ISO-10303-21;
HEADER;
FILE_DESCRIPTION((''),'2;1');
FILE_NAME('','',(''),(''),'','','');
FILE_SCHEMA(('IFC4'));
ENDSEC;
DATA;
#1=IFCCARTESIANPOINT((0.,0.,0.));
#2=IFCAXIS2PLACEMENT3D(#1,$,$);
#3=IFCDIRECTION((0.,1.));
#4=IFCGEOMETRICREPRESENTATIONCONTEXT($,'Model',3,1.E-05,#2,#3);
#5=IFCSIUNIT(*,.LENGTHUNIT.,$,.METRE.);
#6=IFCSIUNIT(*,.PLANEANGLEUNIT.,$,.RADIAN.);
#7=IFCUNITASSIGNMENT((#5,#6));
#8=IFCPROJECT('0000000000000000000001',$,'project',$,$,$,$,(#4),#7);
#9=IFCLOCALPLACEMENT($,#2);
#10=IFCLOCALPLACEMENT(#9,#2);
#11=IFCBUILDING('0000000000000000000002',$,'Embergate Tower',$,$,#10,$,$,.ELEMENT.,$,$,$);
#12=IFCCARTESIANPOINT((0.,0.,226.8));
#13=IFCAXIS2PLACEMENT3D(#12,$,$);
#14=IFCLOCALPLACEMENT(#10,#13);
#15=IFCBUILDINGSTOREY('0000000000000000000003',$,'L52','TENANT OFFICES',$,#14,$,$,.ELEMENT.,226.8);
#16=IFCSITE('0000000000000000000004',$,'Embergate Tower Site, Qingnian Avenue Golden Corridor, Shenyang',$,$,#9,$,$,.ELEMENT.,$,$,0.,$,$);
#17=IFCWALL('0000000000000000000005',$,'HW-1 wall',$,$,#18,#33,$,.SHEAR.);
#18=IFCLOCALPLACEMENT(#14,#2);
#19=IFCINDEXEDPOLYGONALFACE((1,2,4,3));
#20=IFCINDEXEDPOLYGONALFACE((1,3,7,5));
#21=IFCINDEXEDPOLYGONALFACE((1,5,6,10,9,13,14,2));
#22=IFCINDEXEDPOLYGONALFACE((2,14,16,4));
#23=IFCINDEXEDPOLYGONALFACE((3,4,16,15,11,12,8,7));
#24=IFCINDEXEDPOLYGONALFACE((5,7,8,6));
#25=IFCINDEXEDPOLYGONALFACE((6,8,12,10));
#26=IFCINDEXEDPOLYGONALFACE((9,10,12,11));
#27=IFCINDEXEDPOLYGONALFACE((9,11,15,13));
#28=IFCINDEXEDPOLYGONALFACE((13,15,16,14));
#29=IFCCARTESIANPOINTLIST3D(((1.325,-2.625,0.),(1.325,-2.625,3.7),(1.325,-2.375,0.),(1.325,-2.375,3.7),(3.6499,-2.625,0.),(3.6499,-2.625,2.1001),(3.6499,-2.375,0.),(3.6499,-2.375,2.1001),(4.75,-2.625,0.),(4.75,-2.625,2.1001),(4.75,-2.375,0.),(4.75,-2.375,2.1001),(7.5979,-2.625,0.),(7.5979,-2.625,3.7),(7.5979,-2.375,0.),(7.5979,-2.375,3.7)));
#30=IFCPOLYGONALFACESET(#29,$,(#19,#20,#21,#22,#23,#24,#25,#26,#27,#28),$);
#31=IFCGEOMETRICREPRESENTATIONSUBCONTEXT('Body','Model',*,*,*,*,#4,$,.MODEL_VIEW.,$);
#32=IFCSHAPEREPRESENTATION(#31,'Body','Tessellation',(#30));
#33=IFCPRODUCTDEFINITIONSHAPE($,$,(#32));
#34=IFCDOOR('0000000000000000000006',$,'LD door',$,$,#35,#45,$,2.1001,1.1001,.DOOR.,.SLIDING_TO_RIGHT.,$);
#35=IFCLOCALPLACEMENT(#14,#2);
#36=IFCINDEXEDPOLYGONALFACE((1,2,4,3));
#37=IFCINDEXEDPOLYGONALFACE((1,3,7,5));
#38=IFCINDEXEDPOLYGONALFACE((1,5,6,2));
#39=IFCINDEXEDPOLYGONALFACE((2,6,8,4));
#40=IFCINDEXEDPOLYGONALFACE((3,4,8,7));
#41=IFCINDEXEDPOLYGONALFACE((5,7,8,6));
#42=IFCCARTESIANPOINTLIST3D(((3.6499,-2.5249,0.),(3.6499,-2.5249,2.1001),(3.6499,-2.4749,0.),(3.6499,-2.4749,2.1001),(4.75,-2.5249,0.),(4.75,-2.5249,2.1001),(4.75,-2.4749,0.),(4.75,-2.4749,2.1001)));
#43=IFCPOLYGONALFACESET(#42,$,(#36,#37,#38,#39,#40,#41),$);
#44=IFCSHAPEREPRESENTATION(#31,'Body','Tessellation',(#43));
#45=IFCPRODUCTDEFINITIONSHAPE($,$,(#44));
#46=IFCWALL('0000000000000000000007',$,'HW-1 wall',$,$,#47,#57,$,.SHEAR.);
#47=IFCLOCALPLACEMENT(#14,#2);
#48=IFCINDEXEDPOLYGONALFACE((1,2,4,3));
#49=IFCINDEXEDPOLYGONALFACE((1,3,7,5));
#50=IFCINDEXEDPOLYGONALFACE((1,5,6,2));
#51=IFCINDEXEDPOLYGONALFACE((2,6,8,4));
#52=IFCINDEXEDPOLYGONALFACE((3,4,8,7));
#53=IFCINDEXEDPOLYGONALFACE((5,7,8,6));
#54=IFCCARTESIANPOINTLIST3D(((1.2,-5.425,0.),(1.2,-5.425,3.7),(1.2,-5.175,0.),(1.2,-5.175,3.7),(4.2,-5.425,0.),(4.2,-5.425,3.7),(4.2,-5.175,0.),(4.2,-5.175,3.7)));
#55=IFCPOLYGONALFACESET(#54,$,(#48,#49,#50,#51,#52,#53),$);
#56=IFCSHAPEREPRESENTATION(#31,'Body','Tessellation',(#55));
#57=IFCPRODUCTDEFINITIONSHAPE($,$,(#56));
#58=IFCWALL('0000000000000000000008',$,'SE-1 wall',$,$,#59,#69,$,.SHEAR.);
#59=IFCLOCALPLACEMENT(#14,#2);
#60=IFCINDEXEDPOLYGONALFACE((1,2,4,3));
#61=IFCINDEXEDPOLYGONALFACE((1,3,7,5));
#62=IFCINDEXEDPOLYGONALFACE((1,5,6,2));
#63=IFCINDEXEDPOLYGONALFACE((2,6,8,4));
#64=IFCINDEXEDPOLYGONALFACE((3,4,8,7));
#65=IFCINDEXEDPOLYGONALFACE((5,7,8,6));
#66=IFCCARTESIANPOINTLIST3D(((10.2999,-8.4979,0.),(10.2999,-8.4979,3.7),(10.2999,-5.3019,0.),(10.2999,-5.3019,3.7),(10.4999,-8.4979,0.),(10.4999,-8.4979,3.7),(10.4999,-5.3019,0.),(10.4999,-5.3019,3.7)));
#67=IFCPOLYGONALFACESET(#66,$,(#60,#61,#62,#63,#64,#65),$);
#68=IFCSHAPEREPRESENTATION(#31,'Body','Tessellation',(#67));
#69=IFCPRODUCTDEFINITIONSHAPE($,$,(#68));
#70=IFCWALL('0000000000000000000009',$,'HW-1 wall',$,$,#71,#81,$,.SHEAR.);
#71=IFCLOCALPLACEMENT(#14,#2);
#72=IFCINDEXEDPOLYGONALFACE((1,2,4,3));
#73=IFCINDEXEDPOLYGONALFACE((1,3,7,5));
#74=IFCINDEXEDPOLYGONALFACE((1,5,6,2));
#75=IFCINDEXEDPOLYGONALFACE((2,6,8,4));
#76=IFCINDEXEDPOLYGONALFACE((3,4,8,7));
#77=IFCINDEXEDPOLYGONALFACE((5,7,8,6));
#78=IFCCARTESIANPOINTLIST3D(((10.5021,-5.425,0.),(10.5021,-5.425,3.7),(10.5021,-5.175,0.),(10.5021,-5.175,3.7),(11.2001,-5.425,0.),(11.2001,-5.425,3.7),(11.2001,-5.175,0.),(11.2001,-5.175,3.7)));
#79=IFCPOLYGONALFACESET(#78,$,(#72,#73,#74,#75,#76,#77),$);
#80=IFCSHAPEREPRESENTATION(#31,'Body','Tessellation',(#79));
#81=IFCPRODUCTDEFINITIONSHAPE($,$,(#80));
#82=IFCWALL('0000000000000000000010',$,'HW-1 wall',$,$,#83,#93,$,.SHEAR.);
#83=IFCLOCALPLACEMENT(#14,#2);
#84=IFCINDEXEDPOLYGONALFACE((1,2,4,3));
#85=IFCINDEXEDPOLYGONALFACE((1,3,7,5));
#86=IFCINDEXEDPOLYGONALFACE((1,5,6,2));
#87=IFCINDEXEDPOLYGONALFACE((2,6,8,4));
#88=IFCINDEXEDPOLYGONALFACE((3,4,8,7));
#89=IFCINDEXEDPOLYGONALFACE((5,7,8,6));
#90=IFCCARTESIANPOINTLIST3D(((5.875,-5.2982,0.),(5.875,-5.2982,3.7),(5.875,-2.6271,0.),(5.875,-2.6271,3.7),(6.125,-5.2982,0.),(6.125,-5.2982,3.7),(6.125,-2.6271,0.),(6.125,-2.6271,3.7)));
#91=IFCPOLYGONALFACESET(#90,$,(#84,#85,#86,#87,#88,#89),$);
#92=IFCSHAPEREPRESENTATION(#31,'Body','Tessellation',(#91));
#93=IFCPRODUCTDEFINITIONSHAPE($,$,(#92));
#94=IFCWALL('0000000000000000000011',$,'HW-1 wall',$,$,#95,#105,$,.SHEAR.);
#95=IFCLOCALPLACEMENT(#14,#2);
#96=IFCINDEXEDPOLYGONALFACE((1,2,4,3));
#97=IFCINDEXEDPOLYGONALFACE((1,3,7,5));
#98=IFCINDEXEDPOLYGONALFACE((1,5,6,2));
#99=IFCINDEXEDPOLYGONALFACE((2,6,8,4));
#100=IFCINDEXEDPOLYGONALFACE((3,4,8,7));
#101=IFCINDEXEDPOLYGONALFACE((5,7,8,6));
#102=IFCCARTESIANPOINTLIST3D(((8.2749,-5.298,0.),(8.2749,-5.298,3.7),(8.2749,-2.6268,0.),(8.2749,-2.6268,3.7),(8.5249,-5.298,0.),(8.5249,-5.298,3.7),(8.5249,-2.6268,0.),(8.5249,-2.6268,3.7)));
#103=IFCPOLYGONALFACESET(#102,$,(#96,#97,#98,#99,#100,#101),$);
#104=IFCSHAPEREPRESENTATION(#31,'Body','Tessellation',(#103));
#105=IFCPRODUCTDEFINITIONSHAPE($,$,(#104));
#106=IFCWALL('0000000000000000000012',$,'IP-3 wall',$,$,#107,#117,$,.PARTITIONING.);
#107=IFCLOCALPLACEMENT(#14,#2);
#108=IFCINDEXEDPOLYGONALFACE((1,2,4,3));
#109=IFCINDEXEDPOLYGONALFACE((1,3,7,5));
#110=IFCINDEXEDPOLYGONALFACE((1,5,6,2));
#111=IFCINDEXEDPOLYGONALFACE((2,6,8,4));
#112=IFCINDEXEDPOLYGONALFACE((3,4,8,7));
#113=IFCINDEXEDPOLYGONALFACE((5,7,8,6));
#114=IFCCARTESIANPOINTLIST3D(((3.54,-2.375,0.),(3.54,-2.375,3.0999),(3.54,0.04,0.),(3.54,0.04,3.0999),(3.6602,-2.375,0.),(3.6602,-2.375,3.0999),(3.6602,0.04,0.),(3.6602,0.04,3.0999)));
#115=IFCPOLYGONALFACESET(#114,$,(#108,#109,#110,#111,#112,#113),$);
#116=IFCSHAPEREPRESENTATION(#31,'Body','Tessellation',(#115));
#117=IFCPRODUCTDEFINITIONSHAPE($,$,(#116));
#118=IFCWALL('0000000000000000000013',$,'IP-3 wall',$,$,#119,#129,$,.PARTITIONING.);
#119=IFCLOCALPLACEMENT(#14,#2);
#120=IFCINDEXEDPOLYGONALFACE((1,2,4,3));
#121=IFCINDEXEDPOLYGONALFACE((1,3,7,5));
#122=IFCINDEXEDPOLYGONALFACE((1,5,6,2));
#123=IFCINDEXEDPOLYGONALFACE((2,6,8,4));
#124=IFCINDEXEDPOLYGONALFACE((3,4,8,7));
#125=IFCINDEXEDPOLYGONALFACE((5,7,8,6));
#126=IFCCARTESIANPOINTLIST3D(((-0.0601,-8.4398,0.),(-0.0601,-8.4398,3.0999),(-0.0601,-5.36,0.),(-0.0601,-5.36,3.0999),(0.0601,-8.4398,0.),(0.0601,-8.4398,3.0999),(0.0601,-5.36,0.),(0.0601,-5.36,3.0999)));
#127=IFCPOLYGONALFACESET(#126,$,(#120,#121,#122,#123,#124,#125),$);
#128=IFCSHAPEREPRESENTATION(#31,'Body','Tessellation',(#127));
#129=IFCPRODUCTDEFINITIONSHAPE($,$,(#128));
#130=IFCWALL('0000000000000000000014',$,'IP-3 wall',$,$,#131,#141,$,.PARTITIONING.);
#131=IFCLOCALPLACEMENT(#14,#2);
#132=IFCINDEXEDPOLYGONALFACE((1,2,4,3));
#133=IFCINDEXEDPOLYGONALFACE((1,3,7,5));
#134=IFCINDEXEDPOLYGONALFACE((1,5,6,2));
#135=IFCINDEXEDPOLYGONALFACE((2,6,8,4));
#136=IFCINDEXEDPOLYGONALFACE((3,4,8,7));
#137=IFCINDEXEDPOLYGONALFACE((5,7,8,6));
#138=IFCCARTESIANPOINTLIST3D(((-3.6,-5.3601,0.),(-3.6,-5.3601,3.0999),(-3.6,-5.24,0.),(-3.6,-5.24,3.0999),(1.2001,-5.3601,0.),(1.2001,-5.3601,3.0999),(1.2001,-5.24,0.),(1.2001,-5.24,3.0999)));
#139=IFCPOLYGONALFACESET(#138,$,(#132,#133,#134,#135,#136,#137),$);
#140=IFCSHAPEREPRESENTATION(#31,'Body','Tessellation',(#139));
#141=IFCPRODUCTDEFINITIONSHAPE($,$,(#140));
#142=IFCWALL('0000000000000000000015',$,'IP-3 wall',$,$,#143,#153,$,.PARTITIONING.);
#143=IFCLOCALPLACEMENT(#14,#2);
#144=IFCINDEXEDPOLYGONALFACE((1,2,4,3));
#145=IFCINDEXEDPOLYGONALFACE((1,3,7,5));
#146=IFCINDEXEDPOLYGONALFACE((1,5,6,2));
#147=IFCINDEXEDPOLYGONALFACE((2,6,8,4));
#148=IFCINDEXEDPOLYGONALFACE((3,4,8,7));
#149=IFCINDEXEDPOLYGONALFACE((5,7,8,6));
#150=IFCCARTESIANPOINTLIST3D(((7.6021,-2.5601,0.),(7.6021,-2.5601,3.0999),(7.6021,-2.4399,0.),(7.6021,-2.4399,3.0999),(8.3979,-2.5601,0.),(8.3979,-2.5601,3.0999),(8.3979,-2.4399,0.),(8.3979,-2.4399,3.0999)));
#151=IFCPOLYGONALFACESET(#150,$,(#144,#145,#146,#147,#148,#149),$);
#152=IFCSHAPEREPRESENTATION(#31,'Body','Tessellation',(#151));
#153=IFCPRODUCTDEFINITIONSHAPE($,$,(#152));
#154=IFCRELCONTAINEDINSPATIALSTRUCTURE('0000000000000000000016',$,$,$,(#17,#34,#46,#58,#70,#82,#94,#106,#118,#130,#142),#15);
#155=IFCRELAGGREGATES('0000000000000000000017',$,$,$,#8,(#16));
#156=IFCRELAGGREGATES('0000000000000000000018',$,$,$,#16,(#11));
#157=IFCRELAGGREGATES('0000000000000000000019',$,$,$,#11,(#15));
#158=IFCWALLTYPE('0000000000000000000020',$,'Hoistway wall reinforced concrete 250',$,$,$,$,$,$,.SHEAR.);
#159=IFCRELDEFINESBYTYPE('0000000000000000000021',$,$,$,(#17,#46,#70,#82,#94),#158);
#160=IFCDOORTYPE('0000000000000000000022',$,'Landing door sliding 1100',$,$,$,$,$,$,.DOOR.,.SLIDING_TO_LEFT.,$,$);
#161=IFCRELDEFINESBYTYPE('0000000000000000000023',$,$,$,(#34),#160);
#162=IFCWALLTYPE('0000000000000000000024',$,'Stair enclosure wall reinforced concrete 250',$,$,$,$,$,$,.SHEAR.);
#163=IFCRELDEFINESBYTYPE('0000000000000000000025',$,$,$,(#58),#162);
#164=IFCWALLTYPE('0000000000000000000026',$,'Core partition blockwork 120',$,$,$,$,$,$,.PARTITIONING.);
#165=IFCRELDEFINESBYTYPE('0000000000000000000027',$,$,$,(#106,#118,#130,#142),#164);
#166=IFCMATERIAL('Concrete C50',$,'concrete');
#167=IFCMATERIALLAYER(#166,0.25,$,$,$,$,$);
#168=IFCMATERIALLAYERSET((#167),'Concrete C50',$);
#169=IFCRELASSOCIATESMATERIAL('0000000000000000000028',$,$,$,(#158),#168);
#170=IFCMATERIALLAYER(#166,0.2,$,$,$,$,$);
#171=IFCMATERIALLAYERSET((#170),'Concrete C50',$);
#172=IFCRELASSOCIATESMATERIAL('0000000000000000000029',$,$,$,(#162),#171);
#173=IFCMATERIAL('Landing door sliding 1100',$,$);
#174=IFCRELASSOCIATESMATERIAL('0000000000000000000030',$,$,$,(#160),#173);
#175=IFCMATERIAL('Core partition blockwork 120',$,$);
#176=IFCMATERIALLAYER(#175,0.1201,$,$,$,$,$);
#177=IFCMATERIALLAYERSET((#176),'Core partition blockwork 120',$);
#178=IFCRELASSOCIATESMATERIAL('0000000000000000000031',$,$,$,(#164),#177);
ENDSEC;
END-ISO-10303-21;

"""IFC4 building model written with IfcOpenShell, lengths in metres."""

from ifc_helpers import new_model, si_unit, direction, frame, frame_2d, origin, place, context, subcontext, project, spatial, rectangle, extrude, source, transform, mapped, material, layer, layer_set, type_object, element, fill, save


model = new_model("IFC4")

# Units and contexts
model_context = context("Model", 3, precision=1e-05, world=origin(), true_north=direction((0.0, 1.0)))
body_context = subcontext(model_context, "Body", "Model", "MODEL_VIEW")
ifc_project = project(units=[si_unit("LENGTHUNIT", "METRE"), si_unit("PLANEANGLEUNIT", "RADIAN")], contexts=[model_context])

# Site, building, storey
site_placement = place(None, origin())
site = spatial("IfcSite", under=ifc_project, at=site_placement, Name="Embergate Tower Site, Qingnian Avenue Golden Corridor, Shenyang", CompositionType="ELEMENT", RefElevation=0.0)
building_placement = place(site_placement, origin())
building = spatial("IfcBuilding", under=site, at=building_placement, Name="Embergate Tower", CompositionType="ELEMENT")
storey_placement = place(building_placement, frame((0.0, 0.0, 226.8)))
storey = spatial("IfcBuildingStorey", under=building, at=storey_placement, Name="L52", Description="TENANT OFFICES", CompositionType="ELEMENT", Elevation=226.8)

# Shared definitions
ifc_material_1 = material(Name="Concrete C50", Category="concrete")
ifc_layer_1 = layer(ifc_material_1, 0.25)
ifc_layer_set_1 = layer_set([ifc_layer_1], Name="Concrete C50")
wall_type_1 = type_object("IfcWallType", Name="Hoistway wall reinforced concrete 250", PredefinedType="SHEAR", material=ifc_layer_set_1)
ifc_layer_2 = layer(ifc_material_1, 0.2)
ifc_layer_set_2 = layer_set([ifc_layer_2], Name="Concrete C50")
wall_type_2 = type_object("IfcWallType", Name="Stair enclosure wall reinforced concrete 250", PredefinedType="SHEAR", material=ifc_layer_set_2)

# Wall, opening, door
shared_shape_1 = source(origin(), body_context, "Body", "SweptSolid", [
    extrude(rectangle(XDim=1.1001, YDim=2.1001, at=frame_2d((0.55, 1.05))), frame((0.0, 0.135, 0.0), z_axis=(0.0, -1.0, 0.0), x_axis=(1.0, 0.0, 0.0)), (0.0, 0.0, 1.0), 0.27),
])
ifc_material_2 = material(Name="Landing door sliding 1100")
door_type_1 = type_object("IfcDoorType", Name="Landing door sliding 1100", OperationType="SLIDING_TO_LEFT", PredefinedType="DOOR", material=ifc_material_2)
shared_shape_2 = source(origin(), body_context, "Body", "SweptSolid", [
    extrude(rectangle(XDim=1.1001, YDim=2.1001, at=frame_2d((0.55, 1.05))), frame((0.0, 0.0249, 0.0), z_axis=(0.0, -1.0, 0.0), x_axis=(1.0, 0.0, 0.0)), (0.0, 0.0, 1.0), 0.05),
])
shared_shape_3 = source(origin(), body_context, "Body", "SweptSolid", [
    extrude(rectangle(XDim=6.2729, YDim=0.25, at=frame_2d((3.1365, 0.0))), origin(), (0.0, 0.0, 1.0), 3.7),
])
wall_1_placement = place(storey_placement, frame((7.5979, -2.5, 0.0), z_axis=(0.0, 0.0, 1.0), x_axis=(-1.0, 0.0, 0.0)))
wall_1 = element("IfcWall", 1, at=wall_1_placement, inside=storey, type_object=wall_type_1, Name="HW-1 wall", PredefinedType="SHEAR", context=body_context, shape_type="MappedRepresentation", body=[
    mapped(shared_shape_3, transform((0.0, 0.0, 0.0))),
])
opening_1_placement = place(wall_1_placement, frame((2.8479, 0.0, 0.0)))
opening_1 = element("IfcOpeningElement", 2, at=opening_1_placement, cuts=wall_1, PredefinedType="OPENING", context=body_context, shape_type="MappedRepresentation", body=[
    mapped(shared_shape_1, transform((0.0, 0.0, 0.0))),
])
door_1_placement = place(opening_1_placement, origin())
door_1 = element("IfcDoor", 3, at=door_1_placement, inside=storey, type_object=door_type_1, Name="LD door", OperationType="SLIDING_TO_RIGHT", OverallHeight=2.1001, OverallWidth=1.1001, PredefinedType="DOOR", context=body_context, shape_type="MappedRepresentation", body=[
    mapped(shared_shape_2, transform((0.0, 0.0, 0.0))),
])
fill(opening_1, door_1)

# Walls
shared_shape_4 = source(origin(), body_context, "Body", "SweptSolid", [
    extrude(rectangle(XDim=3.0, YDim=0.25, at=frame_2d((1.5, 0.0))), origin(), (0.0, 0.0, 1.0), 3.7),
])
wall_2_placement = place(storey_placement, frame((1.2, -5.3, 0.0), z_axis=(0.0, 0.0, 1.0), x_axis=(1.0, 0.0, 0.0)))
element("IfcWall", 4, at=wall_2_placement, inside=storey, type_object=wall_type_1, Name="HW-1 wall", PredefinedType="SHEAR", context=body_context, shape_type="MappedRepresentation", body=[
    mapped(shared_shape_4, transform((0.0, 0.0, 0.0))),
])
shared_shape_5 = source(origin(), body_context, "Body", "SweptSolid", [
    extrude(rectangle(XDim=3.196, YDim=0.2, at=frame_2d((1.5981, 0.0))), origin(), (0.0, 0.0, 1.0), 3.7),
])
wall_3_placement = place(storey_placement, frame((10.3999, -8.498, 0.0), z_axis=(0.0, 0.0, 1.0), x_axis=(0.0, 1.0, 0.0)))
element("IfcWall", 5, at=wall_3_placement, inside=storey, type_object=wall_type_2, Name="SE-1 wall", PredefinedType="SHEAR", context=body_context, shape_type="MappedRepresentation", body=[
    mapped(shared_shape_5, transform((0.0, 0.0, 0.0))),
])
shared_shape_6 = source(origin(), body_context, "Body", "SweptSolid", [
    extrude(rectangle(XDim=0.698, YDim=0.25, at=frame_2d((0.3491, 0.0))), origin(), (0.0, 0.0, 1.0), 3.7),
])
wall_4_placement = place(storey_placement, frame((10.502, -5.3, 0.0), z_axis=(0.0, 0.0, 1.0), x_axis=(1.0, 0.0, 0.0)))
element("IfcWall", 6, at=wall_4_placement, inside=storey, type_object=wall_type_1, Name="HW-1 wall", PredefinedType="SHEAR", context=body_context, shape_type="MappedRepresentation", body=[
    mapped(shared_shape_6, transform((0.0, 0.0, 0.0))),
])
shared_shape_7 = source(origin(), body_context, "Body", "SweptSolid", [
    extrude(rectangle(XDim=2.6711, YDim=0.25, at=frame_2d((1.3354, 0.0))), origin(), (0.0, 0.0, 1.0), 3.7),
])
for number, where, z_axis, x_axis, name in (
    (7, (6.0, -5.2981, 0.0), (0.0, 0.0, 1.0), (0.0, 1.0, 0.0), "HW-1 wall"),
    (8, (8.3999, -2.627, 0.0), (0.0, 0.0, 1.0), (0.0, -1.0, 0.0), "HW-1 wall"),
):
    element("IfcWall", number, at=place(storey_placement, frame(where, z_axis=z_axis, x_axis=x_axis)), inside=storey, type_object=wall_type_1, Name=name, PredefinedType="SHEAR", context=body_context, shape_type="MappedRepresentation", body=[
        mapped(shared_shape_7, transform((0.0, 0.0, 0.0))),
    ])
ifc_material_3 = material(Name="Core partition blockwork 120")
ifc_layer_3 = layer(ifc_material_3, 0.1201)
ifc_layer_set_3 = layer_set([ifc_layer_3], Name="Core partition blockwork 120")
wall_type_3 = type_object("IfcWallType", Name="Core partition blockwork 120", PredefinedType="PARTITIONING", material=ifc_layer_set_3)
shared_shape_8 = source(origin(), body_context, "Body", "SweptSolid", [
    extrude(rectangle(XDim=2.415, YDim=0.1201, at=frame_2d((1.2075, 0.0))), origin(), (0.0, 0.0, 1.0), 3.0999),
])
wall_5_placement = place(storey_placement, frame((3.6001, -2.375, 0.0), z_axis=(0.0, 0.0, 1.0), x_axis=(0.0, 1.0, 0.0)))
element("IfcWall", 9, at=wall_5_placement, inside=storey, type_object=wall_type_3, Name="IP-3 wall", PredefinedType="PARTITIONING", context=body_context, shape_type="MappedRepresentation", body=[
    mapped(shared_shape_8, transform((0.0, 0.0, 0.0))),
])
shared_shape_9 = source(origin(), body_context, "Body", "SweptSolid", [
    extrude(rectangle(XDim=3.0798, YDim=0.1201, at=frame_2d((1.54, 0.0))), origin(), (0.0, 0.0, 1.0), 3.0999),
])
wall_6_placement = place(storey_placement, frame((0.0, -8.4399, 0.0), z_axis=(0.0, 0.0, 1.0), x_axis=(0.0, 1.0, 0.0)))
element("IfcWall", 10, at=wall_6_placement, inside=storey, type_object=wall_type_3, Name="IP-3 wall", PredefinedType="PARTITIONING", context=body_context, shape_type="MappedRepresentation", body=[
    mapped(shared_shape_9, transform((0.0, 0.0, 0.0))),
])
shared_shape_10 = source(origin(), body_context, "Body", "SweptSolid", [
    extrude(rectangle(XDim=4.8, YDim=0.1201, at=frame_2d((2.3999, 0.0))), origin(), (0.0, 0.0, 1.0), 3.0999),
])
wall_7_placement = place(storey_placement, frame((1.2, -5.3, 0.0), z_axis=(0.0, 0.0, 1.0), x_axis=(-1.0, 0.0, 0.0)))
element("IfcWall", 11, at=wall_7_placement, inside=storey, type_object=wall_type_3, Name="IP-3 wall", PredefinedType="PARTITIONING", context=body_context, shape_type="MappedRepresentation", body=[
    mapped(shared_shape_10, transform((0.0, 0.0, 0.0))),
])
shared_shape_11 = source(origin(), body_context, "Body", "SweptSolid", [
    extrude(rectangle(XDim=0.7959, YDim=0.1201, at=frame_2d((0.3979, 0.0))), origin(), (0.0, 0.0, 1.0), 3.0999),
])
wall_8_placement = place(storey_placement, frame((7.6021, -2.5, 0.0), z_axis=(0.0, 0.0, 1.0), x_axis=(1.0, 0.0, 0.0)))
element("IfcWall", 12, at=wall_8_placement, inside=storey, type_object=wall_type_3, Name="IP-3 wall", PredefinedType="PARTITIONING", context=body_context, shape_type="MappedRepresentation", body=[
    mapped(shared_shape_11, transform((0.0, 0.0, 0.0))),
])

save(model, "model.ifc")
